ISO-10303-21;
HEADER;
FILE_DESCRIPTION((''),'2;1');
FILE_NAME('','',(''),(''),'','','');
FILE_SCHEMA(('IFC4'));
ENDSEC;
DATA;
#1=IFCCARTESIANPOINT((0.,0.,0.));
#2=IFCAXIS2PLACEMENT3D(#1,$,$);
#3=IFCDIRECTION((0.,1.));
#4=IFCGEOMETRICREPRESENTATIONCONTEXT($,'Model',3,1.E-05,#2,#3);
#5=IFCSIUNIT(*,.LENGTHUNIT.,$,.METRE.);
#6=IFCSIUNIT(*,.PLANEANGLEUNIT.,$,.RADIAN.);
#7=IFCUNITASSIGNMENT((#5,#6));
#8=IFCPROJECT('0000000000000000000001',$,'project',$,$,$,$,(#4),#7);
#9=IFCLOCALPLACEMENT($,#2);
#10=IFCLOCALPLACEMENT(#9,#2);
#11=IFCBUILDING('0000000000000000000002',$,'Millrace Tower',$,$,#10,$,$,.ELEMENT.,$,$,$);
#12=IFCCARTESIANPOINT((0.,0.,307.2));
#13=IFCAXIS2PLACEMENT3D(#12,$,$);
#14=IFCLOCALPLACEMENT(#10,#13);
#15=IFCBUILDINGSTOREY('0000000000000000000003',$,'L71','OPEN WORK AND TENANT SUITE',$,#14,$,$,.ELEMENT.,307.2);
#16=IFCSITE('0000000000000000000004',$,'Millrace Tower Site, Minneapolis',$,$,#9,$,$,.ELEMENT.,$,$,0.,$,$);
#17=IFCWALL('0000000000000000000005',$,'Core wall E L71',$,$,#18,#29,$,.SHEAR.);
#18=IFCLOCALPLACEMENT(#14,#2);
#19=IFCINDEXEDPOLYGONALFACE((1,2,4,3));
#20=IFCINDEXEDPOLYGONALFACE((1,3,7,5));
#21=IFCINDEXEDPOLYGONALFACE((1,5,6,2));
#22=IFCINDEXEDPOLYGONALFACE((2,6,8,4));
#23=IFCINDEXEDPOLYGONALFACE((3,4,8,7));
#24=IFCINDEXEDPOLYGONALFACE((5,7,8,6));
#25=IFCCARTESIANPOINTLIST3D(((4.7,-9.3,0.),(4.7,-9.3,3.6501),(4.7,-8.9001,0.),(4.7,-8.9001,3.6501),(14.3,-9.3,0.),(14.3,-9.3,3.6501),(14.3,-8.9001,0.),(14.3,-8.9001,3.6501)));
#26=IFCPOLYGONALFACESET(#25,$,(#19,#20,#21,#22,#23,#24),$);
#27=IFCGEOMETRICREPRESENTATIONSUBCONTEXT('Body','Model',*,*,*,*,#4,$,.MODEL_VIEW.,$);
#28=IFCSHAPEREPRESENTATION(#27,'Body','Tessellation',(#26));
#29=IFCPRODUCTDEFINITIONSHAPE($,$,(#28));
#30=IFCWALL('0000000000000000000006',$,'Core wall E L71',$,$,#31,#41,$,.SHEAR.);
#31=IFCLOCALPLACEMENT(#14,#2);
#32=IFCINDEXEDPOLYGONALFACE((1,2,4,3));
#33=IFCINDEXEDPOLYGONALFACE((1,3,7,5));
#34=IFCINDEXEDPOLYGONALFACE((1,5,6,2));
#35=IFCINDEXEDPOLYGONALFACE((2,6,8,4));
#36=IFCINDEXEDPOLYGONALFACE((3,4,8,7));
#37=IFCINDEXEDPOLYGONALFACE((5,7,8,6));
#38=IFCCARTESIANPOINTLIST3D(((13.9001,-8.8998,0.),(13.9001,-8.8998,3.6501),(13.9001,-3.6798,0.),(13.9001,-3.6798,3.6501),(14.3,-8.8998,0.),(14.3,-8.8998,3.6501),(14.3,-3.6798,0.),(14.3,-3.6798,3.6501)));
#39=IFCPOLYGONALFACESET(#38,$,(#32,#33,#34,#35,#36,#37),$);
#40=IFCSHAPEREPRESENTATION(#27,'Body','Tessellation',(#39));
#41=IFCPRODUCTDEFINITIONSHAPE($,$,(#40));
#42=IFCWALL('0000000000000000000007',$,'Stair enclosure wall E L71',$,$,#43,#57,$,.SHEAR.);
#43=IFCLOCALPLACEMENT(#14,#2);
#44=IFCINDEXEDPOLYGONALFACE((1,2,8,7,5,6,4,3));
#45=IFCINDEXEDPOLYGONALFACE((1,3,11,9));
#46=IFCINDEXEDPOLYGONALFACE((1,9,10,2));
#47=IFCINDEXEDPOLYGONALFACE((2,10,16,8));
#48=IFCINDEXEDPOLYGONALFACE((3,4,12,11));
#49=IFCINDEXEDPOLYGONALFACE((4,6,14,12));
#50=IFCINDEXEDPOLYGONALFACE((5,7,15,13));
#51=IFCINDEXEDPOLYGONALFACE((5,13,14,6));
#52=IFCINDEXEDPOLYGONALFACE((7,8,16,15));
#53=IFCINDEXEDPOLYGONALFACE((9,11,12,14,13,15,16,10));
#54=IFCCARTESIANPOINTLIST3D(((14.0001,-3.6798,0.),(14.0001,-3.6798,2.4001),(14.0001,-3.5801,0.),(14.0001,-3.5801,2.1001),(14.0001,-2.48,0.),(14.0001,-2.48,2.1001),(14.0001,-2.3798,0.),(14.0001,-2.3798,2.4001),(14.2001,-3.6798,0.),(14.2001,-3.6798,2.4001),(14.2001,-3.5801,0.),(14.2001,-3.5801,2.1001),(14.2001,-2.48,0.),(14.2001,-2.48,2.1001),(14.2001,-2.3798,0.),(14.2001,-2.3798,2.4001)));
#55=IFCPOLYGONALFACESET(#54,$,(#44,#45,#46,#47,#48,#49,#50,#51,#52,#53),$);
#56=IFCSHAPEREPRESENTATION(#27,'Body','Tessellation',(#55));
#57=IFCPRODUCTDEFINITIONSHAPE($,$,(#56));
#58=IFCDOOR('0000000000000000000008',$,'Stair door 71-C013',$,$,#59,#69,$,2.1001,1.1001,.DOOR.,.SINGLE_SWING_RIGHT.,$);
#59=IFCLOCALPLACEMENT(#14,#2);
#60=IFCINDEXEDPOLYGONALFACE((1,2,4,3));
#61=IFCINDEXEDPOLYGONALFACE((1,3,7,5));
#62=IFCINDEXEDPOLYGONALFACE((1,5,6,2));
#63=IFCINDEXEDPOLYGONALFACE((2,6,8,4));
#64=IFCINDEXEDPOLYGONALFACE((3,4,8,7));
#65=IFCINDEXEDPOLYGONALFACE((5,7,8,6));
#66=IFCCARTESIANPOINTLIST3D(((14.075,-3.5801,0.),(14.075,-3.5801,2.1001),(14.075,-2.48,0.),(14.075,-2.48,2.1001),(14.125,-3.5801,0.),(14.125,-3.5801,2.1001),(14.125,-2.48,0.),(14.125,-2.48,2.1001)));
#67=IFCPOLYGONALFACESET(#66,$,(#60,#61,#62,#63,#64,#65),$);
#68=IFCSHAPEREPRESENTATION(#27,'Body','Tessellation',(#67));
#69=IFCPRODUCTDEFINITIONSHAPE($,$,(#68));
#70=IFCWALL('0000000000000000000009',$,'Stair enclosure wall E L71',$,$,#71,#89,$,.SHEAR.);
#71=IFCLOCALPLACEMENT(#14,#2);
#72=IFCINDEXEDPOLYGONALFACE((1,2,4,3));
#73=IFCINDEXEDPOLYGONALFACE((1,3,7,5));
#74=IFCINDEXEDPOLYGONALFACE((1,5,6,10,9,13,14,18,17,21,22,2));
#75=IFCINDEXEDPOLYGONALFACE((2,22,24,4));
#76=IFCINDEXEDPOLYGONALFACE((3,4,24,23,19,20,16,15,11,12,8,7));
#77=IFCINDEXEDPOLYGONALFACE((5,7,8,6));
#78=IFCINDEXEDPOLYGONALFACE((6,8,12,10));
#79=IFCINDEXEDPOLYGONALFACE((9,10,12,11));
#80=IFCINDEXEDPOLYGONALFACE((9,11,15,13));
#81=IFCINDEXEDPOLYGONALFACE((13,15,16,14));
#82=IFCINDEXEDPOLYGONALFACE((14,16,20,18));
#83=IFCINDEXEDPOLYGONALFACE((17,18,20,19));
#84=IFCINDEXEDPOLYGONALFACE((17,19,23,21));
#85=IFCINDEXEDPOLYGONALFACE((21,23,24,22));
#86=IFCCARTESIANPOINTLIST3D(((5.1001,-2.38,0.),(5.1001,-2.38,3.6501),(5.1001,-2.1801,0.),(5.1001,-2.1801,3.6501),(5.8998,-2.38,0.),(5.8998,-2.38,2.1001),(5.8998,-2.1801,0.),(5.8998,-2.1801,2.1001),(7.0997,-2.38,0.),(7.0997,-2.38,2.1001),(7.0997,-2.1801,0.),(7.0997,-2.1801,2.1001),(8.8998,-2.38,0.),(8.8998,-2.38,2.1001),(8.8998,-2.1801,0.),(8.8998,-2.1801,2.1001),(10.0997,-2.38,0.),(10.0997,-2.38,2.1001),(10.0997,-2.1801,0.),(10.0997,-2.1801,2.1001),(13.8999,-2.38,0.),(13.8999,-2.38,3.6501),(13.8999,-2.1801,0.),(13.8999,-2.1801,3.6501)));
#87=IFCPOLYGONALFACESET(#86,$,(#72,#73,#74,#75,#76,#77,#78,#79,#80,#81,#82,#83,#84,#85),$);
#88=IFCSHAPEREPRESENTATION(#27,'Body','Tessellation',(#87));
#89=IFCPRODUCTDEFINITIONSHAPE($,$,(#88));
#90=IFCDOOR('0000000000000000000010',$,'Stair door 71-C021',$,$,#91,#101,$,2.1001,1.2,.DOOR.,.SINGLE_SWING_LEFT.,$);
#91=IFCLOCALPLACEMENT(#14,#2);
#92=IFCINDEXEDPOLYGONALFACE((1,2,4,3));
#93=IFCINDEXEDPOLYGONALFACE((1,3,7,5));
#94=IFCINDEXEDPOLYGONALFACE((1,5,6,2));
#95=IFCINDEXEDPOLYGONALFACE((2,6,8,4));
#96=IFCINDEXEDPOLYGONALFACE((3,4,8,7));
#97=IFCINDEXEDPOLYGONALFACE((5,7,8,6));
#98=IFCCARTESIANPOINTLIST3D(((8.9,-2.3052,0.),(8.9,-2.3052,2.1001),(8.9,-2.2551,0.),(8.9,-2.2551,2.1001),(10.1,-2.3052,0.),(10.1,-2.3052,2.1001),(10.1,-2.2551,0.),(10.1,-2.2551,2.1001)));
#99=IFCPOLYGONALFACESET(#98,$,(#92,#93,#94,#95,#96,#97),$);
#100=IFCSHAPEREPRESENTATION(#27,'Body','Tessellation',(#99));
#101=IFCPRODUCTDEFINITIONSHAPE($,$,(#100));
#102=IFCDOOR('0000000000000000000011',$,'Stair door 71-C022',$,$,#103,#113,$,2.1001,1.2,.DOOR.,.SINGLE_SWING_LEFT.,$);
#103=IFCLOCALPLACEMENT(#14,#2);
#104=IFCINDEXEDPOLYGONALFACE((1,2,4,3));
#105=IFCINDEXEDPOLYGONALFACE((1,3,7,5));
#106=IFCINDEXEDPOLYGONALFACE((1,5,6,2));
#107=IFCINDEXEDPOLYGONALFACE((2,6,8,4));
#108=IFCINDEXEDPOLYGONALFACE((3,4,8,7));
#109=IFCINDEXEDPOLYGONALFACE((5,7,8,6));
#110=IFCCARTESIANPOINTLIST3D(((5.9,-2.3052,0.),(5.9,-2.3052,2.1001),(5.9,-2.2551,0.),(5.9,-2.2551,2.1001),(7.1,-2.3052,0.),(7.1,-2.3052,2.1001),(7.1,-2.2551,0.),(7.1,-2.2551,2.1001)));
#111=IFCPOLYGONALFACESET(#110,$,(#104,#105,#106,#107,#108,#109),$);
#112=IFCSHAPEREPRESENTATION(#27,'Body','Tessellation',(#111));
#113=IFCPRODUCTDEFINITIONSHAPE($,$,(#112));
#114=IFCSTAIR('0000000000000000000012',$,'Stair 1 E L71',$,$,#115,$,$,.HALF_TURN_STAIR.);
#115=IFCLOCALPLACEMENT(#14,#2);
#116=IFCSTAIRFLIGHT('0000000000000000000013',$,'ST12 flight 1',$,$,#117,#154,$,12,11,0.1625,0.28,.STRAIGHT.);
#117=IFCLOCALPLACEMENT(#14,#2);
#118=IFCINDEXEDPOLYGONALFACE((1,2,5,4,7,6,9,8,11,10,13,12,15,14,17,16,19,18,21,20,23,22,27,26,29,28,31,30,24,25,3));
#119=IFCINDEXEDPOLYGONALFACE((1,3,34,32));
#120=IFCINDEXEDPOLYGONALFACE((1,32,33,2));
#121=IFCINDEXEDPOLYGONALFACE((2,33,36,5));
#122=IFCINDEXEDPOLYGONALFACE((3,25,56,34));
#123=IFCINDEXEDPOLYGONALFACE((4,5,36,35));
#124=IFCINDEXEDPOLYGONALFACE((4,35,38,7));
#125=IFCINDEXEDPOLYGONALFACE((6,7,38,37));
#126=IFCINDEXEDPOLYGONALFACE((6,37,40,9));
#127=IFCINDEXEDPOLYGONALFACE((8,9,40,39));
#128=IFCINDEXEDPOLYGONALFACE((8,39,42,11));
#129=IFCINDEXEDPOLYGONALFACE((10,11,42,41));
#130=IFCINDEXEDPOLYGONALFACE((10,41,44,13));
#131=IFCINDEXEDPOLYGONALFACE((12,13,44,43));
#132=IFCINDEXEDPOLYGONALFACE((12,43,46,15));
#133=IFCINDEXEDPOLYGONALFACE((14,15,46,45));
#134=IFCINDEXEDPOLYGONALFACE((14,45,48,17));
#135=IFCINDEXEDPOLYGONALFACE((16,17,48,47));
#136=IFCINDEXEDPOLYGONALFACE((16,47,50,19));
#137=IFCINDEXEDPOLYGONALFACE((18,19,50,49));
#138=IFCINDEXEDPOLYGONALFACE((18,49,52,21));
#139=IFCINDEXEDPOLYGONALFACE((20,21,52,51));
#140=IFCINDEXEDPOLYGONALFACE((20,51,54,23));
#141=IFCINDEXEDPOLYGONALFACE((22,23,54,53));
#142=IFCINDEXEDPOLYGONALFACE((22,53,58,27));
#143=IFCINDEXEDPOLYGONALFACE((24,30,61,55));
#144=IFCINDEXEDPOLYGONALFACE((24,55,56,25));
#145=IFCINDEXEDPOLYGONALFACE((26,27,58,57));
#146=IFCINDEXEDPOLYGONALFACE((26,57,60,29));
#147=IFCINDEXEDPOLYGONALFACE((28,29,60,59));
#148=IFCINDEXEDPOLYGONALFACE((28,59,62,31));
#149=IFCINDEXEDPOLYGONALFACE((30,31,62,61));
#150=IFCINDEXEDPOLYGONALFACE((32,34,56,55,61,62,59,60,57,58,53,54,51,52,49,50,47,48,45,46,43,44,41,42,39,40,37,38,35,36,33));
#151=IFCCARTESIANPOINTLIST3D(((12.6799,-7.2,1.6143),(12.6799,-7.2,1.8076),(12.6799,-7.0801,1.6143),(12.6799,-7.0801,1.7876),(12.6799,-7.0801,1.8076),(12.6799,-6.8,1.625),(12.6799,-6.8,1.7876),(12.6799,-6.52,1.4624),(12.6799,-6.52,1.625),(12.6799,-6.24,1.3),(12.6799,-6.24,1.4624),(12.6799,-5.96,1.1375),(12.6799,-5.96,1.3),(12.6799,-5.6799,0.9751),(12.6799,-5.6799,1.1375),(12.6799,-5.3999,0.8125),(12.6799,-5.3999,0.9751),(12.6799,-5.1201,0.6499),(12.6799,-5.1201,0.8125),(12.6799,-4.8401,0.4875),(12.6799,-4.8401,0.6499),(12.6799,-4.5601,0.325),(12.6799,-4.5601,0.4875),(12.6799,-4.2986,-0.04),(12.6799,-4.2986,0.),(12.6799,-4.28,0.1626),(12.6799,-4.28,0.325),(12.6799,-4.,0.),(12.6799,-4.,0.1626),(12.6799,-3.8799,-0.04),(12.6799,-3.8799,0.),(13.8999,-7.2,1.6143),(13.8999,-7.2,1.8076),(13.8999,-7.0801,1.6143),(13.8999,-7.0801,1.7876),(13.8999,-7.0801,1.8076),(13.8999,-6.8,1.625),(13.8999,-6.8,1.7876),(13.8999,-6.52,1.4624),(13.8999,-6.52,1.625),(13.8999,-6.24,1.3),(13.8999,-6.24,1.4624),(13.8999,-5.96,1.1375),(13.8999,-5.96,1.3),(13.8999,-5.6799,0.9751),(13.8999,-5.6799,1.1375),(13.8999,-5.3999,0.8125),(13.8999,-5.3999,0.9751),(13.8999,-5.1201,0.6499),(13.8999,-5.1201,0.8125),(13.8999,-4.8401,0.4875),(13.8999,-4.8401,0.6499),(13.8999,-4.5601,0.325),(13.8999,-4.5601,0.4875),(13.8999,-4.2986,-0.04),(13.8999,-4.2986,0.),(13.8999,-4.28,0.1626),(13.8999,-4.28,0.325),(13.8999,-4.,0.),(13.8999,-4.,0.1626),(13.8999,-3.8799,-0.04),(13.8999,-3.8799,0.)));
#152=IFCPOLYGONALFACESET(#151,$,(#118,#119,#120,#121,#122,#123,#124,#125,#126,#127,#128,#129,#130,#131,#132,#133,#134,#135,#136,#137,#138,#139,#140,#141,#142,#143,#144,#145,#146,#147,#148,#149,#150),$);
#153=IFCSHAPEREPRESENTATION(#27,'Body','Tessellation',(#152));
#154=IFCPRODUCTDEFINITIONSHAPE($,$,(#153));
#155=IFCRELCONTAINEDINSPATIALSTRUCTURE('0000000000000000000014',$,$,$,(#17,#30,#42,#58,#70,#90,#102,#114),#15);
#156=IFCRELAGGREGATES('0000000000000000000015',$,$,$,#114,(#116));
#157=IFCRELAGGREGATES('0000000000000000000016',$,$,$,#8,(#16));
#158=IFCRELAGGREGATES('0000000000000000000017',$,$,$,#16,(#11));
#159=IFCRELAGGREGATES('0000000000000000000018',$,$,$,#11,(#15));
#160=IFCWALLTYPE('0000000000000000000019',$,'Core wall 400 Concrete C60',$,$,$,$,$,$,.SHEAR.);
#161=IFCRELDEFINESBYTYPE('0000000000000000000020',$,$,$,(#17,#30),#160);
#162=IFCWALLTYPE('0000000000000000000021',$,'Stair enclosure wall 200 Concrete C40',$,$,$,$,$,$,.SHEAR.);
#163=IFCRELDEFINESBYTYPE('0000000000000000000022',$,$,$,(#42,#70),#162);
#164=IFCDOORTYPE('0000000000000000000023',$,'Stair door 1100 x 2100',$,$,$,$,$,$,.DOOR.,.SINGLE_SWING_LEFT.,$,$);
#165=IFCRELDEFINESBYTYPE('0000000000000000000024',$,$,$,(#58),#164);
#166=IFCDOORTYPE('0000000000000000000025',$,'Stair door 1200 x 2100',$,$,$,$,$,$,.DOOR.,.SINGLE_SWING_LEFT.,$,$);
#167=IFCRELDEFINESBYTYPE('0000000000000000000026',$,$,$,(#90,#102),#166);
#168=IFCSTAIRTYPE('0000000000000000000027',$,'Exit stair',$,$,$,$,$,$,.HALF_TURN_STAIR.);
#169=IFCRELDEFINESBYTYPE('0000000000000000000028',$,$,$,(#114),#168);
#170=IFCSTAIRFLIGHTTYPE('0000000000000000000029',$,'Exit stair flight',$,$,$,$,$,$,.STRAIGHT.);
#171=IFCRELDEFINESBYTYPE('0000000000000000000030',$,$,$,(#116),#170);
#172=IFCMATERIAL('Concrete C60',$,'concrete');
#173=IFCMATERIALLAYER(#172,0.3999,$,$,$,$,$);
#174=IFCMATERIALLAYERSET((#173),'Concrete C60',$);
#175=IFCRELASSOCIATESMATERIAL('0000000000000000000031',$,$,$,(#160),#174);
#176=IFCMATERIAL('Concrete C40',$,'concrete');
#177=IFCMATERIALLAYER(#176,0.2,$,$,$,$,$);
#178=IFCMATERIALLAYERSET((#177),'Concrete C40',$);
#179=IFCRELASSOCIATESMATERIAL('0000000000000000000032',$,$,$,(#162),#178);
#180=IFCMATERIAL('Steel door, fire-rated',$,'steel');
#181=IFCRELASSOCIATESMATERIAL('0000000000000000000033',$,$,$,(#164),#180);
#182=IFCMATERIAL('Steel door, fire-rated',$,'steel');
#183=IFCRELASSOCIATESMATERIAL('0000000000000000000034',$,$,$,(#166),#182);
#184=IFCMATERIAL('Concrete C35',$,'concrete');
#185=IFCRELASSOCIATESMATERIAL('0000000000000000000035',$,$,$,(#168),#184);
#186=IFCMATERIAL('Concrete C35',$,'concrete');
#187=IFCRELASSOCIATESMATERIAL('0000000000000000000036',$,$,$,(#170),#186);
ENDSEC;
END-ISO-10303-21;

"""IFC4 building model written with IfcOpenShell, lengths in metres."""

from ifc_helpers import new_model, si_unit, direction, frame, frame_2d, origin, place, context, subcontext, project, spatial, polyline, rectangle, outline, extrude, material, layer, layer_set, type_object, element, fill, aggregate, save


model = new_model("IFC4")

# Units and contexts
model_context = context("Model", 3, precision=1e-05, world=origin(), true_north=direction((0.0, 1.0)))
body_context = subcontext(model_context, "Body", "Model", "MODEL_VIEW")
ifc_project = project(units=[si_unit("LENGTHUNIT", "METRE"), si_unit("PLANEANGLEUNIT", "RADIAN")], contexts=[model_context])

# Site, building, storey
site_placement = place(None, origin())
site = spatial("IfcSite", under=ifc_project, at=site_placement, Name="Millrace Tower Site, Minneapolis", CompositionType="ELEMENT", RefElevation=0.0)
building_placement = place(site_placement, origin())
building = spatial("IfcBuilding", under=site, at=building_placement, Name="Millrace Tower", CompositionType="ELEMENT")
storey_placement = place(building_placement, frame((0.0, 0.0, 307.2)))
storey = spatial("IfcBuildingStorey", under=building, at=storey_placement, Name="L71", Description="OPEN WORK AND TENANT SUITE", CompositionType="ELEMENT", Elevation=307.2)

# Shared definitions
placement = place(storey_placement, origin())

# Walls
ifc_material_1 = material(Name="Concrete C60", Category="concrete")
ifc_layer_1 = layer(ifc_material_1, 0.3999)
ifc_layer_set_1 = layer_set([ifc_layer_1], Name="Concrete C60")
wall_type_1 = type_object("IfcWallType", Name="Core wall 400 Concrete C60", PredefinedType="SHEAR", material=ifc_layer_set_1)
wall_1_placement = place(storey_placement, frame((14.3, -9.1001, 0.0), z_axis=(0.0, 0.0, 1.0), x_axis=(-1.0, 0.0, 0.0)))
element("IfcWall", 1, at=wall_1_placement, inside=storey, type_object=wall_type_1, Name="Core wall E L71", PredefinedType="SHEAR", context=body_context, shape_type="SweptSolid", body=[
    extrude(rectangle(XDim=9.6001, YDim=0.3999, at=frame_2d((4.8, 0.0))), origin(), (0.0, 0.0, 1.0), 3.6501),
])
wall_2_placement = place(storey_placement, frame((14.1001, -3.6799, 0.0), z_axis=(0.0, 0.0, 1.0), x_axis=(0.0, -1.0, 0.0)))
element("IfcWall", 2, at=wall_2_placement, inside=storey, type_object=wall_type_1, Name="Core wall E L71", PredefinedType="SHEAR", context=body_context, shape_type="SweptSolid", body=[
    extrude(rectangle(XDim=5.22, YDim=0.3999, at=frame_2d((2.6099, 0.0))), origin(), (0.0, 0.0, 1.0), 3.6501),
])

# Wall, opening, door
ifc_material_2 = material(Name="Concrete C40", Category="concrete")
ifc_layer_2 = layer(ifc_material_2, 0.2)
ifc_layer_set_2 = layer_set([ifc_layer_2], Name="Concrete C40")
wall_type_2 = type_object("IfcWallType", Name="Stair enclosure wall 200 Concrete C40", PredefinedType="SHEAR", material=ifc_layer_set_2)
wall_3_placement = place(storey_placement, frame((14.1001, -2.3799, 0.0), z_axis=(0.0, 0.0, 1.0), x_axis=(0.0, -1.0, 0.0)))
wall_3 = element("IfcWall", 3, at=wall_3_placement, inside=storey, type_object=wall_type_2, Name="Stair enclosure wall E L71", PredefinedType="SHEAR", context=body_context, shape_type="SweptSolid", body=[
    extrude(rectangle(XDim=1.3, YDim=0.2, at=frame_2d((0.6499, 0.0))), origin(), (0.0, 0.0, 1.0), 2.4001),
])
opening_1_placement = place(wall_3_placement, frame((0.1001, 0.0, 0.0)))
opening_1 = element("IfcOpeningElement", 4, at=opening_1_placement, cuts=wall_3, PredefinedType="OPENING", context=body_context, shape_type="SweptSolid", body=[
    extrude(rectangle(XDim=1.1001, YDim=2.1001, at=frame_2d((0.55, 1.05))), frame((0.0, 0.1099, 0.0), z_axis=(0.0, -1.0, 0.0), x_axis=(1.0, 0.0, 0.0)), (0.0, 0.0, 1.0), 0.22),
])
ifc_material_3 = material(Name="Steel door, fire-rated", Category="steel")
door_type_1 = type_object("IfcDoorType", Name="Stair door 1100 x 2100", OperationType="SINGLE_SWING_LEFT", PredefinedType="DOOR", material=ifc_material_3)
door_1_placement = place(opening_1_placement, origin())
door_1 = element("IfcDoor", 5, at=door_1_placement, inside=storey, type_object=door_type_1, Name="Stair door 71-C013", OperationType="SINGLE_SWING_RIGHT", OverallHeight=2.1001, OverallWidth=1.1001, PredefinedType="DOOR", context=body_context, shape_type="SweptSolid", body=[
    extrude(rectangle(XDim=1.1001, YDim=2.1001, at=frame_2d((0.55, 1.05))), frame((0.0, 0.0249, 0.0), z_axis=(0.0, -1.0, 0.0), x_axis=(1.0, 0.0, 0.0)), (0.0, 0.0, 1.0), 0.05),
])
fill(opening_1, door_1)

# Wall, openings, doors
wall_4_placement = place(storey_placement, frame((13.8999, -2.28, 0.0), z_axis=(0.0, 0.0, 1.0), x_axis=(-1.0, 0.0, 0.0)))
wall_4 = element("IfcWall", 6, at=wall_4_placement, inside=storey, type_object=wall_type_2, Name="Stair enclosure wall E L71", PredefinedType="SHEAR", context=body_context, shape_type="SweptSolid", body=[
    extrude(rectangle(XDim=8.7998, YDim=0.2, at=frame_2d((4.3999, 0.0))), origin(), (0.0, 0.0, 1.0), 3.6501),
])
opening_2_placement = place(wall_4_placement, frame((3.8, 0.0, 0.0)))
opening_2 = element("IfcOpeningElement", 7, at=opening_2_placement, cuts=wall_4, PredefinedType="OPENING", context=body_context, shape_type="SweptSolid", body=[
    extrude(rectangle(XDim=1.2, YDim=2.1001, at=frame_2d((0.6001, 1.05))), frame((0.0, 0.1099, 0.0), z_axis=(0.0, -1.0, 0.0), x_axis=(1.0, 0.0, 0.0)), (0.0, 0.0, 1.0), 0.22),
])
opening_3_placement = place(wall_4_placement, frame((6.8, 0.0, 0.0)))
opening_3 = element("IfcOpeningElement", 8, at=opening_3_placement, cuts=wall_4, PredefinedType="OPENING", context=body_context, shape_type="SweptSolid", body=[
    extrude(rectangle(XDim=1.2, YDim=2.1001, at=frame_2d((0.6001, 1.05))), frame((0.0, 0.1099, 0.0), z_axis=(0.0, -1.0, 0.0), x_axis=(1.0, 0.0, 0.0)), (0.0, 0.0, 1.0), 0.22),
])
ifc_material_4 = material(Name="Steel door, fire-rated", Category="steel")
door_type_2 = type_object("IfcDoorType", Name="Stair door 1200 x 2100", OperationType="SINGLE_SWING_LEFT", PredefinedType="DOOR", material=ifc_material_4)
door_2_placement = place(opening_2_placement, frame((1.2, 0.0, 0.0), z_axis=(0.0, 0.0, 1.0), x_axis=(-1.0, 0.0, 0.0)))
door_2 = element("IfcDoor", 9, at=door_2_placement, inside=storey, type_object=door_type_2, Name="Stair door 71-C021", OperationType="SINGLE_SWING_LEFT", OverallHeight=2.1001, OverallWidth=1.2, PredefinedType="DOOR", context=body_context, shape_type="SweptSolid", body=[
    extrude(rectangle(XDim=1.2, YDim=2.1001, at=frame_2d((0.6001, 1.05))), frame((0.0, 0.0249, 0.0), z_axis=(0.0, -1.0, 0.0), x_axis=(1.0, 0.0, 0.0)), (0.0, 0.0, 1.0), 0.05),
])
fill(opening_2, door_2)
door_3_placement = place(opening_3_placement, frame((1.2, 0.0, 0.0), z_axis=(0.0, 0.0, 1.0), x_axis=(-1.0, 0.0, 0.0)))
door_3 = element("IfcDoor", 10, at=door_3_placement, inside=storey, type_object=door_type_2, Name="Stair door 71-C022", OperationType="SINGLE_SWING_LEFT", OverallHeight=2.1001, OverallWidth=1.2, PredefinedType="DOOR", context=body_context, shape_type="SweptSolid", body=[
    extrude(rectangle(XDim=1.2, YDim=2.1001, at=frame_2d((0.6001, 1.05))), frame((0.0, 0.0249, 0.0), z_axis=(0.0, -1.0, 0.0), x_axis=(1.0, 0.0, 0.0)), (0.0, 0.0, 1.0), 0.05),
])
fill(opening_3, door_3)

# Stair, stair flight
ifc_material_5 = material(Name="Concrete C35", Category="concrete")
stair_type = type_object("IfcStairType", Name="Exit stair", PredefinedType="HALF_TURN_STAIR", material=ifc_material_5)
stair = element("IfcStair", 11, at=placement, inside=storey, type_object=stair_type, Name="Stair 1 E L71", PredefinedType="HALF_TURN_STAIR")
ifc_material_6 = material(Name="Concrete C35", Category="concrete")
stair_flight_type = type_object("IfcStairFlightType", Name="Exit stair flight", PredefinedType="STRAIGHT", material=ifc_material_6)
stair_flight_1_placement = place(storey_placement, frame((13.29, -4.0, 0.0), z_axis=(0.0, 0.0, 1.0), x_axis=(0.0, -1.0, 0.0)))
stair_flight_1 = element("IfcStairFlight", 12, at=stair_flight_1_placement, type_object=stair_flight_type, Name="ST12 flight 1", NumberOfRisers=12, NumberOfTreads=11, PredefinedType="STRAIGHT", RiserHeight=0.1625, TreadLength=0.28, context=body_context, shape_type="SweptSolid", body=[
    extrude(outline(polyline([(-0.1201, -0.04), (-0.1201, 0.0), (0.0, 0.0), (0.0, 0.1626), (0.28, 0.1626), (0.28, 0.325), (0.5601, 0.325), (0.5601, 0.4875), (0.8401, 0.4875), (0.8401, 0.6499), (1.1201, 0.6499), (1.1201, 0.8125), (1.3999, 0.8125), (1.3999, 0.9751), (1.6799, 0.9751), (1.6799, 1.1375), (1.96, 1.1375), (1.96, 1.3), (2.24, 1.3), (2.24, 1.4624), (2.52, 1.4624), (2.52, 1.625), (2.8, 1.625), (2.8, 1.7876), (3.0801, 1.7876), (3.0801, 1.8076), (3.2, 1.8076), (3.2, 1.6143), (3.0801, 1.6143), (0.2986, 0.0), (0.2986, -0.04), (-0.1201, -0.04)])), frame((0.0, 0.6099, 0.0), z_axis=(0.0, -1.0, 0.0), x_axis=(1.0, 0.0, 0.0)), (0.0, 0.0, 1.0), 1.22),
])
aggregate(stair, [stair_flight_1])

save(model, "model.ifc")
